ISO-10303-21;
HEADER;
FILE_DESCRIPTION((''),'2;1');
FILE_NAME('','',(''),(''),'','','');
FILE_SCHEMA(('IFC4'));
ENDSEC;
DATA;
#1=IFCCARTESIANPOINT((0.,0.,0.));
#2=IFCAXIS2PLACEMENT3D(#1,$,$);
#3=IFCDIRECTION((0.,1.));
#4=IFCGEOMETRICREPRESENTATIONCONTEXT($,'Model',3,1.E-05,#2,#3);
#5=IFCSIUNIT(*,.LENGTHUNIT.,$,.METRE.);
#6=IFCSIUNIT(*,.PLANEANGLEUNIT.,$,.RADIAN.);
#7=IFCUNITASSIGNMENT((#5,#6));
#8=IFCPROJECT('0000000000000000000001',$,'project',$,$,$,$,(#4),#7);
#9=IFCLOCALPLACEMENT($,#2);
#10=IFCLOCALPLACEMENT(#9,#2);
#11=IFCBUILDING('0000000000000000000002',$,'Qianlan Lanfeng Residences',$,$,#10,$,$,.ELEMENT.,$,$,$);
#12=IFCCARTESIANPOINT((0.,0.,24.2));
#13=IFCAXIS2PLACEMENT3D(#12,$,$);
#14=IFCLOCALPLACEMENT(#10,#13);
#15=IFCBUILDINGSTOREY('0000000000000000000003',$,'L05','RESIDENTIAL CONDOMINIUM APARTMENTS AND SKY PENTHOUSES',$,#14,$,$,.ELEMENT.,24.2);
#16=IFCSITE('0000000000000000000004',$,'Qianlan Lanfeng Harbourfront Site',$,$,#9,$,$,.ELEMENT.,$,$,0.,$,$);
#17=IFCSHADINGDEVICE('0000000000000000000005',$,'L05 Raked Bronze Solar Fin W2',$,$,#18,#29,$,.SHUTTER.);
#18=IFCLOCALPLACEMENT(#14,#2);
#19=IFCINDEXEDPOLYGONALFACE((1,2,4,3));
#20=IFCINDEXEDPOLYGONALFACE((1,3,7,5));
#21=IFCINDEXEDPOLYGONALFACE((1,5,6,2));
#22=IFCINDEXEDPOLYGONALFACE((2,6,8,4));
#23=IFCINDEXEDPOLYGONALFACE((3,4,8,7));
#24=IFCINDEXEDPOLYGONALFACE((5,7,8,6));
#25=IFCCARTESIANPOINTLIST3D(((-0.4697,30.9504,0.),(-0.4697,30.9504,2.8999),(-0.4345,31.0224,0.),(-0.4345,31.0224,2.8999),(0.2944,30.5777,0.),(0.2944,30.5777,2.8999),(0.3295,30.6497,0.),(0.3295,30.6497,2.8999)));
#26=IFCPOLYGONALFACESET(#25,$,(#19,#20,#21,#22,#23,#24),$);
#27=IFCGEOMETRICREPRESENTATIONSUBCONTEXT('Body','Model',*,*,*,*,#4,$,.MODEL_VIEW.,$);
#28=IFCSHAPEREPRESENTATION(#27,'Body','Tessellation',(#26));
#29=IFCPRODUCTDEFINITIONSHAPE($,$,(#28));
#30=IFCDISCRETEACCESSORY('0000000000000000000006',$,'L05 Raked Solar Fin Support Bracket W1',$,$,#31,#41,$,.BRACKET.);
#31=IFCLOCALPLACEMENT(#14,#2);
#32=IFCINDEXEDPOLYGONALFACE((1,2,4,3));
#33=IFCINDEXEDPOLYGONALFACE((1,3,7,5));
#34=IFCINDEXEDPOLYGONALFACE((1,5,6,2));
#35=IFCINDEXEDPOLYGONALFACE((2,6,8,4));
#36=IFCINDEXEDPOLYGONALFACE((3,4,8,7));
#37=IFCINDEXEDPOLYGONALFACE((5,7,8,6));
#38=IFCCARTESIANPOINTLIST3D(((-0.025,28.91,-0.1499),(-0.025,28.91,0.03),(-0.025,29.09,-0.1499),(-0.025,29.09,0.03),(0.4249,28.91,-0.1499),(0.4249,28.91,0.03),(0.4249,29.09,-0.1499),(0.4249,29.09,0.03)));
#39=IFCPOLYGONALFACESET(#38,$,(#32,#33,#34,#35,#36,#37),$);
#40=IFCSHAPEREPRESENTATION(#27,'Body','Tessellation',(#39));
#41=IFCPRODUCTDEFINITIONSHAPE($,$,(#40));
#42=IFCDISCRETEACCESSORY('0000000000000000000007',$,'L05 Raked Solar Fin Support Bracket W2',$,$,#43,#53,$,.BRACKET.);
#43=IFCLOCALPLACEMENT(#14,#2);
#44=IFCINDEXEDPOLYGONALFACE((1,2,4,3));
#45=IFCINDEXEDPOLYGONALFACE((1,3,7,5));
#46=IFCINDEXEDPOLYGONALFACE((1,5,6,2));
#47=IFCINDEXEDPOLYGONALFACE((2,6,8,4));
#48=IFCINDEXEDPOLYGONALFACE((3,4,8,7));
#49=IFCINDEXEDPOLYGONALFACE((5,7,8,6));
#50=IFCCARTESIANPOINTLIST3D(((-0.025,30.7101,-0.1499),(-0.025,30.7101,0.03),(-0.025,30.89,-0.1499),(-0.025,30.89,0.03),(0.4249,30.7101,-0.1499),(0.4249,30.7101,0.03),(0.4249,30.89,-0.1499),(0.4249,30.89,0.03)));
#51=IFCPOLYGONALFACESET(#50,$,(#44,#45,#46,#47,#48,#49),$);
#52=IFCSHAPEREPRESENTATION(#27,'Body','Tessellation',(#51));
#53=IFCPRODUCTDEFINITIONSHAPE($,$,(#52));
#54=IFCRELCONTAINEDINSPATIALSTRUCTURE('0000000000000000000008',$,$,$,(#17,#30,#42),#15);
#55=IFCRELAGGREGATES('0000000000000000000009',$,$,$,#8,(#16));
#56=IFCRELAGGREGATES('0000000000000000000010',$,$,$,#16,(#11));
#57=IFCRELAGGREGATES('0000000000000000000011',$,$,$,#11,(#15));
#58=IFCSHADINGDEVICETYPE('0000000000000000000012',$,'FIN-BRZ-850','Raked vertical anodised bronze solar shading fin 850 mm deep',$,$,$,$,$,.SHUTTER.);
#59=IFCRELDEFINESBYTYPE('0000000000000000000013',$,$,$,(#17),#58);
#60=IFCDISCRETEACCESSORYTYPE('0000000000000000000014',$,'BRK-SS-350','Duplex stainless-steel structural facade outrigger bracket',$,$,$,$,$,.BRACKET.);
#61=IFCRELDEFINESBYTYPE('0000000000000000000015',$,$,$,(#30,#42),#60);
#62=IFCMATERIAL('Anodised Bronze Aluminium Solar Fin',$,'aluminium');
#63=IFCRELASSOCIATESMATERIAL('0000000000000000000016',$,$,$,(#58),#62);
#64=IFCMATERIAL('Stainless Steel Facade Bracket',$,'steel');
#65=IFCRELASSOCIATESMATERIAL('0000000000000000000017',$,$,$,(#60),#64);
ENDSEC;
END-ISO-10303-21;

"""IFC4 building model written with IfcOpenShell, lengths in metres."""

from ifc_helpers import new_model, si_unit, direction, frame, origin, origin_2d, place, context, subcontext, project, spatial, rectangle, extrude, source, transform, mapped, material, type_object, element, save


model = new_model("IFC4")

# Units and contexts
model_context = context("Model", 3, precision=1e-05, world=origin(), true_north=direction((0.0, 1.0)))
body_context = subcontext(model_context, "Body", "Model", "MODEL_VIEW")
ifc_project = project(units=[si_unit("LENGTHUNIT", "METRE"), si_unit("PLANEANGLEUNIT", "RADIAN")], contexts=[model_context])

# Site, building, storey
site_placement = place(None, origin())
site = spatial("IfcSite", under=ifc_project, at=site_placement, Name="Qianlan Lanfeng Harbourfront Site", CompositionType="ELEMENT", RefElevation=0.0)
building_placement = place(site_placement, origin())
building = spatial("IfcBuilding", under=site, at=building_placement, Name="Qianlan Lanfeng Residences", CompositionType="ELEMENT")
storey_placement = place(building_placement, frame((0.0, 0.0, 24.2)))
storey = spatial("IfcBuildingStorey", under=building, at=storey_placement, Name="L05", Description="RESIDENTIAL CONDOMINIUM APARTMENTS AND SKY PENTHOUSES", CompositionType="ELEMENT", Elevation=24.2)

# Shading device
ifc_material_1 = material(Name="Anodised Bronze Aluminium Solar Fin", Category="aluminium")
shading_device_type = type_object("IfcShadingDeviceType", Name="FIN-BRZ-850", Description="Raked vertical anodised bronze solar shading fin 850 mm deep", PredefinedType="SHUTTER", material=ifc_material_1)
shared_shape_1 = source(origin(), body_context, "Body", "SweptSolid", [
    extrude(rectangle(XDim=0.8501, YDim=0.0801, at=origin_2d()), origin(), (0.0, 0.0, 1.0), 2.8999),
])
for number, where, z_axis, x_axis, name in (
    (1, (-0.0701, 30.8, 0.0), (0.0, 0.0, 1.0), (0.898794, -0.438371, 0.0), "L05 Raked Bronze Solar Fin W2"),
):
    element("IfcShadingDevice", number, at=place(storey_placement, frame(where, z_axis=z_axis, x_axis=x_axis)), inside=storey, type_object=shading_device_type, Name=name, PredefinedType="SHUTTER", context=body_context, shape_type="MappedRepresentation", body=[
        mapped(shared_shape_1, transform((0.0, 0.0, 0.0), scale=1.0)),
    ])

# Discrete accessories
ifc_material_2 = material(Name="Stainless Steel Facade Bracket", Category="steel")
discrete_accessory_type = type_object("IfcDiscreteAccessoryType", Name="BRK-SS-350", Description="Duplex stainless-steel structural facade outrigger bracket", PredefinedType="BRACKET", material=ifc_material_2)
shared_shape_2 = source(origin(), body_context, "Body", "SweptSolid", [
    extrude(rectangle(XDim=0.45, YDim=0.1799, at=origin_2d()), origin(), (0.0, 0.0, 1.0), 0.1799),
])
for number, where, z_axis, x_axis, name in (
    (2, (0.2, 29.0, -0.1499), (0.0, 0.0, 1.0), (1.0, 0.0, 0.0), "L05 Raked Solar Fin Support Bracket W1"),
    (3, (0.2, 30.8, -0.1499), (0.0, 0.0, 1.0), (1.0, 0.0, 0.0), "L05 Raked Solar Fin Support Bracket W2"),
):
    element("IfcDiscreteAccessory", number, at=place(storey_placement, frame(where, z_axis=z_axis, x_axis=x_axis)), inside=storey, type_object=discrete_accessory_type, Name=name, PredefinedType="BRACKET", context=body_context, shape_type="MappedRepresentation", body=[
        mapped(shared_shape_2, transform((0.0, 0.0, 0.0), scale=1.0)),
    ])

save(model, "model.ifc")
